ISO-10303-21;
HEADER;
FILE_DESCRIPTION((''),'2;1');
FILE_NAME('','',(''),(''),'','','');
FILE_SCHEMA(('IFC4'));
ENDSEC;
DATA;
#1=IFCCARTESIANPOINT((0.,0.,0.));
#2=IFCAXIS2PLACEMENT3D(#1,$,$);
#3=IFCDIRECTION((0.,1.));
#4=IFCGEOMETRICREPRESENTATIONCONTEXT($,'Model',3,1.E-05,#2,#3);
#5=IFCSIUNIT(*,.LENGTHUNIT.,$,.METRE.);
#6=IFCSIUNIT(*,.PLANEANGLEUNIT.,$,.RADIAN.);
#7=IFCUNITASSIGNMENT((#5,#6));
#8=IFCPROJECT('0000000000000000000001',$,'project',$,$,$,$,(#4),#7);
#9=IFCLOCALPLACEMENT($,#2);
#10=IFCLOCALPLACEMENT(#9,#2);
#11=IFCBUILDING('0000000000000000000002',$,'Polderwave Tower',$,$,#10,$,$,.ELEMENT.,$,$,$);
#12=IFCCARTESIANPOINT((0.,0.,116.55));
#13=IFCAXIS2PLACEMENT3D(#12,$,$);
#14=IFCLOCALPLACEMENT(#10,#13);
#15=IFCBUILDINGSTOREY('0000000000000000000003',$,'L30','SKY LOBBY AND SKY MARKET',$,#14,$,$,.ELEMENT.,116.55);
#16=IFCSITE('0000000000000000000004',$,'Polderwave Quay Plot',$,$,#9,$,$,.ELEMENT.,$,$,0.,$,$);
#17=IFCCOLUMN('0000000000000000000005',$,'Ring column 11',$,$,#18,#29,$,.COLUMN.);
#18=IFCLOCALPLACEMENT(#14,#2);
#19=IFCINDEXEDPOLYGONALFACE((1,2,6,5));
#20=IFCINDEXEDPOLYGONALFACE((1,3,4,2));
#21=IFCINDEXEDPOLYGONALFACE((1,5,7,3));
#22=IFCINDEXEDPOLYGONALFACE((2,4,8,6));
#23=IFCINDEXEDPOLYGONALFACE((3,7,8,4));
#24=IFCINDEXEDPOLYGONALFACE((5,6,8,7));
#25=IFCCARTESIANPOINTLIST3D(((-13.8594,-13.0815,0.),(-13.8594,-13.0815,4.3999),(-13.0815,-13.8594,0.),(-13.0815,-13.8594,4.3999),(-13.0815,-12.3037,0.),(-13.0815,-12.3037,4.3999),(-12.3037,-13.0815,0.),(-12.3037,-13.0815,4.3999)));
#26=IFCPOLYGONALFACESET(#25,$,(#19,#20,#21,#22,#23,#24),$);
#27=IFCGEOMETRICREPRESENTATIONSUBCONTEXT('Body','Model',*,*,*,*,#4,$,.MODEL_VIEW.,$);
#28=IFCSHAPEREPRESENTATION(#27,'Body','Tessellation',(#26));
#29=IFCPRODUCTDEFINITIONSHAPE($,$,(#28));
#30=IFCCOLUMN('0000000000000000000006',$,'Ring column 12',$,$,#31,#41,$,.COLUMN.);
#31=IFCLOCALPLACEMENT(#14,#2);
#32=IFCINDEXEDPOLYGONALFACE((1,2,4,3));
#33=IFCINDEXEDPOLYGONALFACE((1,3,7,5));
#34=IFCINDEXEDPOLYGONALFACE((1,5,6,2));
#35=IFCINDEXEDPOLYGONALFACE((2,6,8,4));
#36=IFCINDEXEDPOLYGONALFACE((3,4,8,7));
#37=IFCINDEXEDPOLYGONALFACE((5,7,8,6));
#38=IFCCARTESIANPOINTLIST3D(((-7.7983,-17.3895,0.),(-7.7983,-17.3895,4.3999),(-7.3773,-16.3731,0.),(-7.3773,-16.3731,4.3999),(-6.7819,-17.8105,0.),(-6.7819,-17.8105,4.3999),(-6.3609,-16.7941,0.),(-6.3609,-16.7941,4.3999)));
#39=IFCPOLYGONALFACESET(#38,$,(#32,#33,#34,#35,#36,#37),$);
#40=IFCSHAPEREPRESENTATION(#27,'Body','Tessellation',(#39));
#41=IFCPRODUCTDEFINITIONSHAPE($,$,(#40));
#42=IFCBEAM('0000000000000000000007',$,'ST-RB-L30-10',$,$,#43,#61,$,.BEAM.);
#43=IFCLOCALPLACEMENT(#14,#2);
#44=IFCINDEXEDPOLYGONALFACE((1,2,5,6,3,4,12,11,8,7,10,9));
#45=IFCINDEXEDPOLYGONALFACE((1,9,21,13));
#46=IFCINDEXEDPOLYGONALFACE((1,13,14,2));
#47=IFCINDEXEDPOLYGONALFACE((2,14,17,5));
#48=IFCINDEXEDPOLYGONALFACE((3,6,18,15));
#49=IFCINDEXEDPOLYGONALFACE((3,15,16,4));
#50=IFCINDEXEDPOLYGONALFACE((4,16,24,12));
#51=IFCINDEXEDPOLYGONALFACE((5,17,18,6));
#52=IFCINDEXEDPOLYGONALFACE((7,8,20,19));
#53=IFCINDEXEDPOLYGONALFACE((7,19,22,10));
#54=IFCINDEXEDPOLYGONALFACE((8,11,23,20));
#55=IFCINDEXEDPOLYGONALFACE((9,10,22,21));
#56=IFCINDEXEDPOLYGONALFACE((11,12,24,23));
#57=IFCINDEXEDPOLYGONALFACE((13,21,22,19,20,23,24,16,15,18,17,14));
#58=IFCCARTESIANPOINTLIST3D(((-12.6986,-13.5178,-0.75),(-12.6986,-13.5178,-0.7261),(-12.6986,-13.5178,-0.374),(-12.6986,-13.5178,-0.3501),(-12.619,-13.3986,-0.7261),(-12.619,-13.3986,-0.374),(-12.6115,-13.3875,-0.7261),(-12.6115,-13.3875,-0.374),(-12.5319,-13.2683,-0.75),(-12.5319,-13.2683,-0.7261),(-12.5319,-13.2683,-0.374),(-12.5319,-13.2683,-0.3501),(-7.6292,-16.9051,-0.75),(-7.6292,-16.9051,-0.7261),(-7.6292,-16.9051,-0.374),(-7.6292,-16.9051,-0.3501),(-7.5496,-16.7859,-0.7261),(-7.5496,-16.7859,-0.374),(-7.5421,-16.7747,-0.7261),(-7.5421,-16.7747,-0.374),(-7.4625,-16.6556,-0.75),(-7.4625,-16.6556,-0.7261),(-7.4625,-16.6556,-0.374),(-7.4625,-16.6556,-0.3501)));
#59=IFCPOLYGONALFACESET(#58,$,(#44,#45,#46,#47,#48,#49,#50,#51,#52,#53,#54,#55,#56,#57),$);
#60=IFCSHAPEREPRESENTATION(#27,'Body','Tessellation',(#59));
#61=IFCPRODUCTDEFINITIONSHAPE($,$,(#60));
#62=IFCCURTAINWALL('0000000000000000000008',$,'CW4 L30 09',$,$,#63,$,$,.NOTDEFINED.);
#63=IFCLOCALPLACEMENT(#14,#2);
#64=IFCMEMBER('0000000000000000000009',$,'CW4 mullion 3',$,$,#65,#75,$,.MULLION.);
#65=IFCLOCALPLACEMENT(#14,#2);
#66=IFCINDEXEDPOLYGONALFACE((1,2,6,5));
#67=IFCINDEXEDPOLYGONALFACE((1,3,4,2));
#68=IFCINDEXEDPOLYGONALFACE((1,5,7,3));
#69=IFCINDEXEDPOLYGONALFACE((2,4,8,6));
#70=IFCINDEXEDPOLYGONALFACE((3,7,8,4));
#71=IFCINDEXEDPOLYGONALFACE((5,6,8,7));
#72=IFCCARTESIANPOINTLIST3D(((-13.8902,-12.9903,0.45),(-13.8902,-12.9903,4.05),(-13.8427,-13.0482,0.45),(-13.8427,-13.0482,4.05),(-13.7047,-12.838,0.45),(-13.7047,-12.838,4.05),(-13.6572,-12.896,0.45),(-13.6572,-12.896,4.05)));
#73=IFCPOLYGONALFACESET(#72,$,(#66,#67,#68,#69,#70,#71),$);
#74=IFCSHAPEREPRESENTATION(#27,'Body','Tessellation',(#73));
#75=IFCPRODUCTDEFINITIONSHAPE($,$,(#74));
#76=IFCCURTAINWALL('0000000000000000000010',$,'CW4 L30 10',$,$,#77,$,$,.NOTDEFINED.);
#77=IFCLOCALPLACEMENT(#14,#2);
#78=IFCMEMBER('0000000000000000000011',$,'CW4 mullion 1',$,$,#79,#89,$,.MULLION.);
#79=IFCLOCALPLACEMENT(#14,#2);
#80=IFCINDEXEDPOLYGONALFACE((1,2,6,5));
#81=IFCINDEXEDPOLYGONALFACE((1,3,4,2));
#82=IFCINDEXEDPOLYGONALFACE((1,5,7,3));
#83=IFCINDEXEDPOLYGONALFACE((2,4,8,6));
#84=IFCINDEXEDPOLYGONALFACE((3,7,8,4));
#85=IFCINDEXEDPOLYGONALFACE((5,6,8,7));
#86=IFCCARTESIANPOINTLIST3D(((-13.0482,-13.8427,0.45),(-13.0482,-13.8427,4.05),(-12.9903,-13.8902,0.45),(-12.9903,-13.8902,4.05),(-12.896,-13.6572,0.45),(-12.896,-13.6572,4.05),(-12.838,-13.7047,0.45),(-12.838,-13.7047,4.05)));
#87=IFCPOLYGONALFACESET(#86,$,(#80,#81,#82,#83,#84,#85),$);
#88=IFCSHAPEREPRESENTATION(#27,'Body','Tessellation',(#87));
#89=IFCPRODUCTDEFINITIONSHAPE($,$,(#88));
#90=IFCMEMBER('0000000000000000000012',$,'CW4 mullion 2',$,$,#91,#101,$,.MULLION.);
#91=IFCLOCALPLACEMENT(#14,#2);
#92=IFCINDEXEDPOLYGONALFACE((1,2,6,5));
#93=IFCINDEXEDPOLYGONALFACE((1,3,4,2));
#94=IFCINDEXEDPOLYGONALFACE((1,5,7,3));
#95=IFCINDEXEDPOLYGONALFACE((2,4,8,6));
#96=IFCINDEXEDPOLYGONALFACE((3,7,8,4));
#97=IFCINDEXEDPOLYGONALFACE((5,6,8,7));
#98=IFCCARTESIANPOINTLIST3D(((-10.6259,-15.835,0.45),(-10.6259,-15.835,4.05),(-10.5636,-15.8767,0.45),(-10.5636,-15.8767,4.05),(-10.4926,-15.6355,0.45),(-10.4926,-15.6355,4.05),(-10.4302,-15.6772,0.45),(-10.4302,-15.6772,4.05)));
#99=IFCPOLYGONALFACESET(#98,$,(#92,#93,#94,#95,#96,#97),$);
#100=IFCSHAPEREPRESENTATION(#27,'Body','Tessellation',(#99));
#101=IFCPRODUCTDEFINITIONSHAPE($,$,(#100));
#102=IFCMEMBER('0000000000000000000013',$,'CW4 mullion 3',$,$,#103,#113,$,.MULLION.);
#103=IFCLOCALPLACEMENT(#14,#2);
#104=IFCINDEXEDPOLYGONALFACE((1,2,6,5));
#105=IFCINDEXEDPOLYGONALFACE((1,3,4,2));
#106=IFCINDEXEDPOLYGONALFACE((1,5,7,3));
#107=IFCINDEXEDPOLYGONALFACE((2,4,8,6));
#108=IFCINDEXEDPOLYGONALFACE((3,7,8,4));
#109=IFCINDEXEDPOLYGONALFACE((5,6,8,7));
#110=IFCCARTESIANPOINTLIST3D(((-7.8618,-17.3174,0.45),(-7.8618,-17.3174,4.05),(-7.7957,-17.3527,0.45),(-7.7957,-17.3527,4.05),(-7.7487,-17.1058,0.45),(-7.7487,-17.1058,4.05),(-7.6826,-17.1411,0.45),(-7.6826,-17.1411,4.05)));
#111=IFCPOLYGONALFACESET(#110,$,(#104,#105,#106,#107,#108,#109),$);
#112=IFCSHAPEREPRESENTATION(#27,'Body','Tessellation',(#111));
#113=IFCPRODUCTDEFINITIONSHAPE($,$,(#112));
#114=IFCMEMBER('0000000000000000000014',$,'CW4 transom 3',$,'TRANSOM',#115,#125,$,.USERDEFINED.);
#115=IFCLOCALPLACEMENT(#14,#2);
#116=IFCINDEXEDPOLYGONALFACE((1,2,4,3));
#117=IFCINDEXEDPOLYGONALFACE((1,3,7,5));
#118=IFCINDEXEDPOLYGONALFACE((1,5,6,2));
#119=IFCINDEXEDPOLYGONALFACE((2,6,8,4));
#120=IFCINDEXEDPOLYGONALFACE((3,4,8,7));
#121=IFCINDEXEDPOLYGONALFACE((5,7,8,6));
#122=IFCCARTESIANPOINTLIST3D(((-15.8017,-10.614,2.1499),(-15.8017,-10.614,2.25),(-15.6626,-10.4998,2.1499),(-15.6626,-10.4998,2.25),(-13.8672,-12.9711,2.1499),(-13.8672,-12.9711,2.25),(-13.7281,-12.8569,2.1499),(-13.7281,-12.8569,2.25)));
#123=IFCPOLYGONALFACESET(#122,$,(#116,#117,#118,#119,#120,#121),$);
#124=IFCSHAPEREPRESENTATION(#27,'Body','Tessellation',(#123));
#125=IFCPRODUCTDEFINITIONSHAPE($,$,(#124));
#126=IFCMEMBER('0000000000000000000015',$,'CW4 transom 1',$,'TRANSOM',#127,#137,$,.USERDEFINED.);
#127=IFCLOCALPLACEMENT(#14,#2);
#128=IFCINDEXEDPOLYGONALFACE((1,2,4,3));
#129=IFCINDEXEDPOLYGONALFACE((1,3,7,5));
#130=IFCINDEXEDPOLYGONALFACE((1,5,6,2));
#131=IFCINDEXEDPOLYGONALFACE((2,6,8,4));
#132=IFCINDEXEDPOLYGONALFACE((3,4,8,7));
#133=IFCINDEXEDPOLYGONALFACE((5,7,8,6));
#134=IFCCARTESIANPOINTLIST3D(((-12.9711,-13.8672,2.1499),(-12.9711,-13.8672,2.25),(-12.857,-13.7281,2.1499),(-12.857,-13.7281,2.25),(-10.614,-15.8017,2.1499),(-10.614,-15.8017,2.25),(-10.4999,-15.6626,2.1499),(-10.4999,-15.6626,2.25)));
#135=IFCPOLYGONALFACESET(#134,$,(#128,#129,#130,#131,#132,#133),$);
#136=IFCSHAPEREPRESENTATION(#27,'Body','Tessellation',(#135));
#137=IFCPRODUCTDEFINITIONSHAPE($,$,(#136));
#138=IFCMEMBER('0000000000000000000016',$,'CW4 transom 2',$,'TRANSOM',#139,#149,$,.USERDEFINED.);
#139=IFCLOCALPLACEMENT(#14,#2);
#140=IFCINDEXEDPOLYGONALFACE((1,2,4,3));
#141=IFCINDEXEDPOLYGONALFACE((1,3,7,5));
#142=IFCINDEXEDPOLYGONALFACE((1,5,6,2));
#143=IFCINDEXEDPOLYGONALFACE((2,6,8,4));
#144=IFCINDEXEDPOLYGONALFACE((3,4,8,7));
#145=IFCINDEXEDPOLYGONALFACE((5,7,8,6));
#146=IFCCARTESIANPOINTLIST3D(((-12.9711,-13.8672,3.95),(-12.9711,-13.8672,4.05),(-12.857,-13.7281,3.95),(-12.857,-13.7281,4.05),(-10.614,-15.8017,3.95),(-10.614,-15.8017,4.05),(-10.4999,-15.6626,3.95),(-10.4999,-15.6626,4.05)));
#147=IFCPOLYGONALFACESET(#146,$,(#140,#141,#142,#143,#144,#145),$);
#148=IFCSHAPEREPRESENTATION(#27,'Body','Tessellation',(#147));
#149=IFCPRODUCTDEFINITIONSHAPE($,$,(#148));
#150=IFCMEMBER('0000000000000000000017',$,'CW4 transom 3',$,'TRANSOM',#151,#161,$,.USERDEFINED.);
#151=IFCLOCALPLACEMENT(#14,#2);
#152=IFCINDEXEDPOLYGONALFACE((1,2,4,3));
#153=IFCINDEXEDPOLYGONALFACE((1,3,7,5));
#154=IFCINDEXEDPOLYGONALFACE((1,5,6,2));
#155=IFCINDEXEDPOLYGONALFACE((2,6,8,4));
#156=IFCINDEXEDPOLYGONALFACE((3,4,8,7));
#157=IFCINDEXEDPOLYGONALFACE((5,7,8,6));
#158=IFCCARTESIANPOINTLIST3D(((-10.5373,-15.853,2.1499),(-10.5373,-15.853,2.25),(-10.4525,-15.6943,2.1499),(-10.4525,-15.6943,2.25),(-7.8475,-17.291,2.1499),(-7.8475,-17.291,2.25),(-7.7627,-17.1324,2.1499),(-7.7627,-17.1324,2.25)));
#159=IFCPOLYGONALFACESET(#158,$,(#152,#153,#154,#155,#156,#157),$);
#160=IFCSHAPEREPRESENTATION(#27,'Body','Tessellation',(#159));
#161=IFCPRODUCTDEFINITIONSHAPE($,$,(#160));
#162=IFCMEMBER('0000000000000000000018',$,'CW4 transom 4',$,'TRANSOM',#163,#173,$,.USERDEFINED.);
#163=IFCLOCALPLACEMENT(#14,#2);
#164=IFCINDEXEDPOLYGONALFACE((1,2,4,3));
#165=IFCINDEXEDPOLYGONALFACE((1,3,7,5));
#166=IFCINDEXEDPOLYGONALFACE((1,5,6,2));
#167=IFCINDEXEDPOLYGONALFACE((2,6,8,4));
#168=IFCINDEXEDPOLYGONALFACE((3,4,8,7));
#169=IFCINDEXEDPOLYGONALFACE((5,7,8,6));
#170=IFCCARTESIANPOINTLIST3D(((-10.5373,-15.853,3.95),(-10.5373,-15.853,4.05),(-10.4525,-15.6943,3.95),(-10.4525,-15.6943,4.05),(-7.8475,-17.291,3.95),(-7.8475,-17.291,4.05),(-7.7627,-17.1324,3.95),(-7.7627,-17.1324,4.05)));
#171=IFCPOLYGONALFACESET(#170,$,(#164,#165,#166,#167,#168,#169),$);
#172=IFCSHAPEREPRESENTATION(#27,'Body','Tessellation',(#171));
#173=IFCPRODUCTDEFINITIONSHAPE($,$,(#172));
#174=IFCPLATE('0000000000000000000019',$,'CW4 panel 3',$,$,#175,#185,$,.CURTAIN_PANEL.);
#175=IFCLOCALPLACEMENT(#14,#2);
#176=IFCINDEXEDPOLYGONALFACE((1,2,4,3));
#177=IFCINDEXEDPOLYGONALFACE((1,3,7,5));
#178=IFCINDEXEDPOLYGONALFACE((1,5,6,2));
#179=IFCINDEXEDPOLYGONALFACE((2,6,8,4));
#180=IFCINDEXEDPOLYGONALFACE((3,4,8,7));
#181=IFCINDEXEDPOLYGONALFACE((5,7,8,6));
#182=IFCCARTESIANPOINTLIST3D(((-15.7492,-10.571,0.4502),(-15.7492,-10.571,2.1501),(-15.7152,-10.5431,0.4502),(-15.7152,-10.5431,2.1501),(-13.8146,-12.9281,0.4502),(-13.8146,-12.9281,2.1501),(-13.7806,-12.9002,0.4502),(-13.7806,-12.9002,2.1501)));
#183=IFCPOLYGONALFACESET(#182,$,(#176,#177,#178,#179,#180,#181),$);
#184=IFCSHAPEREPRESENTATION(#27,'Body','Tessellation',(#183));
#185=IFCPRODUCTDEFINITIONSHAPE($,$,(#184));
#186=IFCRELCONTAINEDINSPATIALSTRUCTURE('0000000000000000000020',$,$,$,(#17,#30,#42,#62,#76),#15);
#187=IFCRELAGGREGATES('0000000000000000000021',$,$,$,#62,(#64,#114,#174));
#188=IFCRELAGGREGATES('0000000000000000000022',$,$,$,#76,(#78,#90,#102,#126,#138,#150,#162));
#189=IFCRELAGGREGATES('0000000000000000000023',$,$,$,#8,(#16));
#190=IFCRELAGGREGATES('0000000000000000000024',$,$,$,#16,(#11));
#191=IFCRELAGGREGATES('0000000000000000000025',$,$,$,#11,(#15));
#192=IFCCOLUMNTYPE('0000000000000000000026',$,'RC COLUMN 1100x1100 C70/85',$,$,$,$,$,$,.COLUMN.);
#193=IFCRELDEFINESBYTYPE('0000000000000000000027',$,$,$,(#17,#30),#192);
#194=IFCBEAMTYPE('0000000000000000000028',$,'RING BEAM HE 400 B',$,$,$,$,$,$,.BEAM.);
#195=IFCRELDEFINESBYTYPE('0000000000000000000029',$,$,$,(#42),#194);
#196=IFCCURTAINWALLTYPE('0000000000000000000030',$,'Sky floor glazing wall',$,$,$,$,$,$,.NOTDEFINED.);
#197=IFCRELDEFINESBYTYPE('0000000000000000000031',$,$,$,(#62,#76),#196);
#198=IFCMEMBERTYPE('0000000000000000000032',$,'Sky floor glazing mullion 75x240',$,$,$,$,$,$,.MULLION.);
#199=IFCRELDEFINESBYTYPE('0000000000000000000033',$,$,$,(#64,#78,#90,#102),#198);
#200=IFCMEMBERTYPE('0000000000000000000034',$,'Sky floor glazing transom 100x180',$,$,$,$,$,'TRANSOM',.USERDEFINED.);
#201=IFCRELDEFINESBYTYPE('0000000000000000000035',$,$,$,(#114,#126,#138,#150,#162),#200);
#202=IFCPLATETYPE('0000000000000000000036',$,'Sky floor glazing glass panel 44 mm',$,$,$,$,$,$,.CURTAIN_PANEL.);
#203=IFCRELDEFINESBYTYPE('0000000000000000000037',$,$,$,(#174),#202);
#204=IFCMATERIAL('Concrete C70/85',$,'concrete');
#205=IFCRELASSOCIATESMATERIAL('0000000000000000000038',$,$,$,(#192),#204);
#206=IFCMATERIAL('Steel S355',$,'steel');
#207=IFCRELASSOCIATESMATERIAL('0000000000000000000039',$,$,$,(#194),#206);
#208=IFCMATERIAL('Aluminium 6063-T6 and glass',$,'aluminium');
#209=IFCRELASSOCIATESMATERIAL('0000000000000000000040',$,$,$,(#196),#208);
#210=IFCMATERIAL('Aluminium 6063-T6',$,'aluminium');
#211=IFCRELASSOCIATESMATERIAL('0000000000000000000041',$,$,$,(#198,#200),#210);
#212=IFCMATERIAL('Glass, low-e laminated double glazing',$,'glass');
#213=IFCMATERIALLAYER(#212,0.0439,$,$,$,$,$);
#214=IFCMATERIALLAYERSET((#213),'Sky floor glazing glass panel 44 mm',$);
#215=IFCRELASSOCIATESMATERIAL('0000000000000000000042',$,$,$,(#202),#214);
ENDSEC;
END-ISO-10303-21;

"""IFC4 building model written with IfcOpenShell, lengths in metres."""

from ifc_helpers import new_model, si_unit, direction, frame, origin, origin_2d, place, context, subcontext, project, spatial, rectangle, i_section, extrude, material, layer, layer_set, material_profile, profile_set, type_object, element, aggregate, save


model = new_model("IFC4")

# Units and contexts
model_context = context("Model", 3, precision=1e-05, world=origin(), true_north=direction((0.0, 1.0)))
body_context = subcontext(model_context, "Body", "Model", "MODEL_VIEW")
ifc_project = project(units=[si_unit("LENGTHUNIT", "METRE"), si_unit("PLANEANGLEUNIT", "RADIAN")], contexts=[model_context])

# Site, building, storey
site_placement = place(None, origin())
site = spatial("IfcSite", under=ifc_project, at=site_placement, Name="Polderwave Quay Plot", CompositionType="ELEMENT", RefElevation=0.0)
building_placement = place(site_placement, origin())
building = spatial("IfcBuilding", under=site, at=building_placement, Name="Polderwave Tower", CompositionType="ELEMENT")
storey_placement = place(building_placement, frame((0.0, 0.0, 116.55)))
storey = spatial("IfcBuildingStorey", under=building, at=storey_placement, Name="L30", Description="SKY LOBBY AND SKY MARKET", CompositionType="ELEMENT", Elevation=116.55)

# Columns
ifc_material_1 = material(Name="Concrete C70/85", Category="concrete")
ifc_material_profile_1 = material_profile(ifc_material_1, rectangle(XDim=1.1001, YDim=1.1001, at=origin_2d()), Name="RC 1100x1100")
ifc_profile_set_1 = profile_set([ifc_material_profile_1], Name="Concrete C70/85")
column_type = type_object("IfcColumnType", Name="RC COLUMN 1100x1100 C70/85", PredefinedType="COLUMN", material=ifc_profile_set_1)
for number, where, z_axis, x_axis, name in (
    (1, (-13.0815, -13.0815, 0.0), (0.0, 0.0, 1.0), (-0.707107, -0.707107, 0.0), "Ring column 11"),
    (2, (-7.0796, -17.0918, 0.0), (0.0, 0.0, 1.0), (-0.382683, -0.92388, 0.0), "Ring column 12"),
):
    element("IfcColumn", number, at=place(storey_placement, frame(where, z_axis=z_axis, x_axis=x_axis)), inside=storey, type_object=column_type, Name=name, PredefinedType="COLUMN", context=body_context, shape_type="SweptSolid", body=[
        extrude(rectangle(XDim=1.1001, YDim=1.1001, at=origin_2d()), origin(), (0.0, 0.0, 1.0), 4.3999),
    ])

# Beam
ifc_material_2 = material(Name="Steel S355", Category="steel")
ifc_material_profile_2 = material_profile(ifc_material_2, i_section(OverallWidth=0.3, OverallDepth=0.3999, WebThickness=0.0134, FlangeThickness=0.0239, at=origin_2d()), Name="HE 400 B")
ifc_profile_set_2 = profile_set([ifc_material_profile_2], Name="Steel S355")
beam_type = type_object("IfcBeamType", Name="RING BEAM HE 400 B", PredefinedType="BEAM", material=ifc_profile_set_2)
beam_placement = place(storey_placement, frame((-12.6152, -13.3931, -0.55), z_axis=(0.831471, -0.555569, 0.0), x_axis=(0.555569, 0.831471, 0.0)))
element("IfcBeam", 3, at=beam_placement, inside=storey, type_object=beam_type, Name="ST-RB-L30-10", PredefinedType="BEAM", context=body_context, shape_type="SweptSolid", body=[
    extrude(i_section(OverallWidth=0.3, OverallDepth=0.3999, WebThickness=0.0134, FlangeThickness=0.0239, at=origin_2d()), origin(), (0.0, 0.0, 1.0), 6.0969),
])

# Curtain wall, member
ifc_material_3 = material(Name="Aluminium 6063-T6 and glass", Category="aluminium")
curtain_wall_type = type_object("IfcCurtainWallType", Name="Sky floor glazing wall", PredefinedType="NOTDEFINED", material=ifc_material_3)
curtain_wall_1_placement = place(storey_placement, origin())
curtain_wall_1 = element("IfcCurtainWall", 4, at=curtain_wall_1_placement, inside=storey, type_object=curtain_wall_type, Name="CW4 L30 09", PredefinedType="NOTDEFINED")
ifc_material_4 = material(Name="Aluminium 6063-T6", Category="aluminium")
ifc_material_profile_3 = material_profile(ifc_material_4, rectangle(XDim=0.24, YDim=0.075, at=origin_2d()), Name="AL 75x240")
ifc_profile_set_3 = profile_set([ifc_material_profile_3], Name="Aluminium 6063-T6")
member_type_1 = type_object("IfcMemberType", Name="Sky floor glazing mullion 75x240", PredefinedType="MULLION", material=ifc_profile_set_3)
member_1_placement = place(storey_placement, frame((-13.7737, -12.9431, 0.45), z_axis=(0.0, 0.0, 1.0), x_axis=(0.772969, 0.634443, 0.0)))
member_1 = element("IfcMember", 5, at=member_1_placement, type_object=member_type_1, Name="CW4 mullion 3", PredefinedType="MULLION", context=body_context, shape_type="SweptSolid", body=[
    extrude(rectangle(XDim=0.24, YDim=0.075, at=origin_2d()), origin(), (0.0, 0.0, 1.0), 3.6001),
])

# Curtain wall, members
curtain_wall_2_placement = place(storey_placement, origin())
curtain_wall_2 = element("IfcCurtainWall", 6, at=curtain_wall_2_placement, inside=storey, type_object=curtain_wall_type, Name="CW4 L30 10", PredefinedType="NOTDEFINED")
member_2_placement = place(storey_placement, frame((-12.9431, -13.7737, 0.45), z_axis=(0.0, 0.0, 1.0), x_axis=(0.634443, 0.772969, 0.0)))
member_2 = element("IfcMember", 7, at=member_2_placement, type_object=member_type_1, Name="CW4 mullion 1", PredefinedType="MULLION", context=body_context, shape_type="SweptSolid", body=[
    extrude(rectangle(XDim=0.24, YDim=0.075, at=origin_2d()), origin(), (0.0, 0.0, 1.0), 3.6001),
])
member_3_placement = place(storey_placement, frame((-10.5281, -15.7561, 0.45), z_axis=(0.0, 0.0, 1.0), x_axis=(0.555625, 0.831433, 0.0)))
member_3 = element("IfcMember", 8, at=member_3_placement, type_object=member_type_1, Name="CW4 mullion 2", PredefinedType="MULLION", context=body_context, shape_type="SweptSolid", body=[
    extrude(rectangle(XDim=0.24, YDim=0.075, at=origin_2d()), origin(), (0.0, 0.0, 1.0), 3.6001),
])
member_4_placement = place(storey_placement, frame((-7.7722, -17.2292, 0.45), z_axis=(0.0, 0.0, 1.0), x_axis=(0.471458, 0.881888, 0.0)))
member_4 = element("IfcMember", 9, at=member_4_placement, type_object=member_type_1, Name="CW4 mullion 3", PredefinedType="MULLION", context=body_context, shape_type="SweptSolid", body=[
    extrude(rectangle(XDim=0.24, YDim=0.075, at=origin_2d()), origin(), (0.0, 0.0, 1.0), 3.6001),
])

# Members
ifc_material_profile_4 = material_profile(ifc_material_4, rectangle(XDim=0.1799, YDim=0.1001, at=origin_2d()), Name="AL 100x180")
ifc_profile_set_4 = profile_set([ifc_material_profile_4], Name="Aluminium 6063-T6")
member_type_2 = type_object("IfcMemberType", Name="Sky floor glazing transom 100x180", ElementType="TRANSOM", PredefinedType="USERDEFINED", material=ifc_profile_set_4)
member_5_placement = place(storey_placement, frame((-15.7322, -10.5569, 2.2), z_axis=(0.63441, -0.772997, 0.0), x_axis=(0.772997, 0.63441, 0.0)))
member_5 = element("IfcMember", 10, at=member_5_placement, type_object=member_type_2, Name="CW4 transom 3", ObjectType="TRANSOM", PredefinedType="USERDEFINED", context=body_context, shape_type="SweptSolid", body=[
    extrude(rectangle(XDim=0.1799, YDim=0.1001, at=origin_2d()), origin(), (0.0, 0.0, 1.0), 3.0493),
])
member_6_placement = place(storey_placement, frame((-12.9141, -13.7976, 2.2), z_axis=(0.772997, -0.63441, 0.0), x_axis=(0.63441, 0.772997, 0.0)))
member_6 = element("IfcMember", 11, at=member_6_placement, type_object=member_type_2, Name="CW4 transom 1", ObjectType="TRANSOM", PredefinedType="USERDEFINED", context=body_context, shape_type="SweptSolid", body=[
    extrude(rectangle(XDim=0.1799, YDim=0.1001, at=origin_2d()), origin(), (0.0, 0.0, 1.0), 3.0493),
])
member_7_placement = place(storey_placement, frame((-12.9141, -13.7976, 4.0), z_axis=(0.772997, -0.63441, 0.0), x_axis=(0.63441, 0.772997, 0.0)))
member_7 = element("IfcMember", 12, at=member_7_placement, type_object=member_type_2, Name="CW4 transom 2", ObjectType="TRANSOM", PredefinedType="USERDEFINED", context=body_context, shape_type="SweptSolid", body=[
    extrude(rectangle(XDim=0.1799, YDim=0.1001, at=origin_2d()), origin(), (0.0, 0.0, 1.0), 3.0493),
])
member_8_placement = place(storey_placement, frame((-10.4949, -15.7737, 2.2), z_axis=(0.881878, -0.471477, 0.0), x_axis=(0.471477, 0.881878, 0.0)))
member_8 = element("IfcMember", 13, at=member_8_placement, type_object=member_type_2, Name="CW4 transom 3", ObjectType="TRANSOM", PredefinedType="USERDEFINED", context=body_context, shape_type="SweptSolid", body=[
    extrude(rectangle(XDim=0.1799, YDim=0.1001, at=origin_2d()), origin(), (0.0, 0.0, 1.0), 3.05),
])
member_9_placement = place(storey_placement, frame((-10.4949, -15.7737, 4.0), z_axis=(0.881878, -0.471477, 0.0), x_axis=(0.471477, 0.881878, 0.0)))
member_9 = element("IfcMember", 14, at=member_9_placement, type_object=member_type_2, Name="CW4 transom 4", ObjectType="TRANSOM", PredefinedType="USERDEFINED", context=body_context, shape_type="SweptSolid", body=[
    extrude(rectangle(XDim=0.1799, YDim=0.1001, at=origin_2d()), origin(), (0.0, 0.0, 1.0), 3.05),
])

# Plate
ifc_material_5 = material(Name="Glass, low-e laminated double glazing", Category="glass")
ifc_layer_1 = layer(ifc_material_5, 0.0439)
ifc_layer_set_1 = layer_set([ifc_layer_1], Name="Sky floor glazing glass panel 44 mm")
plate_type = type_object("IfcPlateType", Name="Sky floor glazing glass panel 44 mm", PredefinedType="CURTAIN_PANEL", material=ifc_layer_set_1)
plate_1_placement = place(storey_placement, frame((-14.7649, -11.7356, 0.4502), z_axis=(0.0, 0.0, 1.0), x_axis=(0.634443, -0.772969, 0.0)))
plate_1 = element("IfcPlate", 15, at=plate_1_placement, type_object=plate_type, Name="CW4 panel 3", PredefinedType="CURTAIN_PANEL", context=body_context, shape_type="SweptSolid", body=[
    extrude(rectangle(XDim=3.0493, YDim=0.0439, at=origin_2d()), origin(), (0.0, 0.0, 1.0), 1.7),
])
aggregate(curtain_wall_1, [member_1, member_5, plate_1])
aggregate(curtain_wall_2, [member_2, member_3, member_4, member_6, member_7, member_8, member_9])

save(model, "model.ifc")
